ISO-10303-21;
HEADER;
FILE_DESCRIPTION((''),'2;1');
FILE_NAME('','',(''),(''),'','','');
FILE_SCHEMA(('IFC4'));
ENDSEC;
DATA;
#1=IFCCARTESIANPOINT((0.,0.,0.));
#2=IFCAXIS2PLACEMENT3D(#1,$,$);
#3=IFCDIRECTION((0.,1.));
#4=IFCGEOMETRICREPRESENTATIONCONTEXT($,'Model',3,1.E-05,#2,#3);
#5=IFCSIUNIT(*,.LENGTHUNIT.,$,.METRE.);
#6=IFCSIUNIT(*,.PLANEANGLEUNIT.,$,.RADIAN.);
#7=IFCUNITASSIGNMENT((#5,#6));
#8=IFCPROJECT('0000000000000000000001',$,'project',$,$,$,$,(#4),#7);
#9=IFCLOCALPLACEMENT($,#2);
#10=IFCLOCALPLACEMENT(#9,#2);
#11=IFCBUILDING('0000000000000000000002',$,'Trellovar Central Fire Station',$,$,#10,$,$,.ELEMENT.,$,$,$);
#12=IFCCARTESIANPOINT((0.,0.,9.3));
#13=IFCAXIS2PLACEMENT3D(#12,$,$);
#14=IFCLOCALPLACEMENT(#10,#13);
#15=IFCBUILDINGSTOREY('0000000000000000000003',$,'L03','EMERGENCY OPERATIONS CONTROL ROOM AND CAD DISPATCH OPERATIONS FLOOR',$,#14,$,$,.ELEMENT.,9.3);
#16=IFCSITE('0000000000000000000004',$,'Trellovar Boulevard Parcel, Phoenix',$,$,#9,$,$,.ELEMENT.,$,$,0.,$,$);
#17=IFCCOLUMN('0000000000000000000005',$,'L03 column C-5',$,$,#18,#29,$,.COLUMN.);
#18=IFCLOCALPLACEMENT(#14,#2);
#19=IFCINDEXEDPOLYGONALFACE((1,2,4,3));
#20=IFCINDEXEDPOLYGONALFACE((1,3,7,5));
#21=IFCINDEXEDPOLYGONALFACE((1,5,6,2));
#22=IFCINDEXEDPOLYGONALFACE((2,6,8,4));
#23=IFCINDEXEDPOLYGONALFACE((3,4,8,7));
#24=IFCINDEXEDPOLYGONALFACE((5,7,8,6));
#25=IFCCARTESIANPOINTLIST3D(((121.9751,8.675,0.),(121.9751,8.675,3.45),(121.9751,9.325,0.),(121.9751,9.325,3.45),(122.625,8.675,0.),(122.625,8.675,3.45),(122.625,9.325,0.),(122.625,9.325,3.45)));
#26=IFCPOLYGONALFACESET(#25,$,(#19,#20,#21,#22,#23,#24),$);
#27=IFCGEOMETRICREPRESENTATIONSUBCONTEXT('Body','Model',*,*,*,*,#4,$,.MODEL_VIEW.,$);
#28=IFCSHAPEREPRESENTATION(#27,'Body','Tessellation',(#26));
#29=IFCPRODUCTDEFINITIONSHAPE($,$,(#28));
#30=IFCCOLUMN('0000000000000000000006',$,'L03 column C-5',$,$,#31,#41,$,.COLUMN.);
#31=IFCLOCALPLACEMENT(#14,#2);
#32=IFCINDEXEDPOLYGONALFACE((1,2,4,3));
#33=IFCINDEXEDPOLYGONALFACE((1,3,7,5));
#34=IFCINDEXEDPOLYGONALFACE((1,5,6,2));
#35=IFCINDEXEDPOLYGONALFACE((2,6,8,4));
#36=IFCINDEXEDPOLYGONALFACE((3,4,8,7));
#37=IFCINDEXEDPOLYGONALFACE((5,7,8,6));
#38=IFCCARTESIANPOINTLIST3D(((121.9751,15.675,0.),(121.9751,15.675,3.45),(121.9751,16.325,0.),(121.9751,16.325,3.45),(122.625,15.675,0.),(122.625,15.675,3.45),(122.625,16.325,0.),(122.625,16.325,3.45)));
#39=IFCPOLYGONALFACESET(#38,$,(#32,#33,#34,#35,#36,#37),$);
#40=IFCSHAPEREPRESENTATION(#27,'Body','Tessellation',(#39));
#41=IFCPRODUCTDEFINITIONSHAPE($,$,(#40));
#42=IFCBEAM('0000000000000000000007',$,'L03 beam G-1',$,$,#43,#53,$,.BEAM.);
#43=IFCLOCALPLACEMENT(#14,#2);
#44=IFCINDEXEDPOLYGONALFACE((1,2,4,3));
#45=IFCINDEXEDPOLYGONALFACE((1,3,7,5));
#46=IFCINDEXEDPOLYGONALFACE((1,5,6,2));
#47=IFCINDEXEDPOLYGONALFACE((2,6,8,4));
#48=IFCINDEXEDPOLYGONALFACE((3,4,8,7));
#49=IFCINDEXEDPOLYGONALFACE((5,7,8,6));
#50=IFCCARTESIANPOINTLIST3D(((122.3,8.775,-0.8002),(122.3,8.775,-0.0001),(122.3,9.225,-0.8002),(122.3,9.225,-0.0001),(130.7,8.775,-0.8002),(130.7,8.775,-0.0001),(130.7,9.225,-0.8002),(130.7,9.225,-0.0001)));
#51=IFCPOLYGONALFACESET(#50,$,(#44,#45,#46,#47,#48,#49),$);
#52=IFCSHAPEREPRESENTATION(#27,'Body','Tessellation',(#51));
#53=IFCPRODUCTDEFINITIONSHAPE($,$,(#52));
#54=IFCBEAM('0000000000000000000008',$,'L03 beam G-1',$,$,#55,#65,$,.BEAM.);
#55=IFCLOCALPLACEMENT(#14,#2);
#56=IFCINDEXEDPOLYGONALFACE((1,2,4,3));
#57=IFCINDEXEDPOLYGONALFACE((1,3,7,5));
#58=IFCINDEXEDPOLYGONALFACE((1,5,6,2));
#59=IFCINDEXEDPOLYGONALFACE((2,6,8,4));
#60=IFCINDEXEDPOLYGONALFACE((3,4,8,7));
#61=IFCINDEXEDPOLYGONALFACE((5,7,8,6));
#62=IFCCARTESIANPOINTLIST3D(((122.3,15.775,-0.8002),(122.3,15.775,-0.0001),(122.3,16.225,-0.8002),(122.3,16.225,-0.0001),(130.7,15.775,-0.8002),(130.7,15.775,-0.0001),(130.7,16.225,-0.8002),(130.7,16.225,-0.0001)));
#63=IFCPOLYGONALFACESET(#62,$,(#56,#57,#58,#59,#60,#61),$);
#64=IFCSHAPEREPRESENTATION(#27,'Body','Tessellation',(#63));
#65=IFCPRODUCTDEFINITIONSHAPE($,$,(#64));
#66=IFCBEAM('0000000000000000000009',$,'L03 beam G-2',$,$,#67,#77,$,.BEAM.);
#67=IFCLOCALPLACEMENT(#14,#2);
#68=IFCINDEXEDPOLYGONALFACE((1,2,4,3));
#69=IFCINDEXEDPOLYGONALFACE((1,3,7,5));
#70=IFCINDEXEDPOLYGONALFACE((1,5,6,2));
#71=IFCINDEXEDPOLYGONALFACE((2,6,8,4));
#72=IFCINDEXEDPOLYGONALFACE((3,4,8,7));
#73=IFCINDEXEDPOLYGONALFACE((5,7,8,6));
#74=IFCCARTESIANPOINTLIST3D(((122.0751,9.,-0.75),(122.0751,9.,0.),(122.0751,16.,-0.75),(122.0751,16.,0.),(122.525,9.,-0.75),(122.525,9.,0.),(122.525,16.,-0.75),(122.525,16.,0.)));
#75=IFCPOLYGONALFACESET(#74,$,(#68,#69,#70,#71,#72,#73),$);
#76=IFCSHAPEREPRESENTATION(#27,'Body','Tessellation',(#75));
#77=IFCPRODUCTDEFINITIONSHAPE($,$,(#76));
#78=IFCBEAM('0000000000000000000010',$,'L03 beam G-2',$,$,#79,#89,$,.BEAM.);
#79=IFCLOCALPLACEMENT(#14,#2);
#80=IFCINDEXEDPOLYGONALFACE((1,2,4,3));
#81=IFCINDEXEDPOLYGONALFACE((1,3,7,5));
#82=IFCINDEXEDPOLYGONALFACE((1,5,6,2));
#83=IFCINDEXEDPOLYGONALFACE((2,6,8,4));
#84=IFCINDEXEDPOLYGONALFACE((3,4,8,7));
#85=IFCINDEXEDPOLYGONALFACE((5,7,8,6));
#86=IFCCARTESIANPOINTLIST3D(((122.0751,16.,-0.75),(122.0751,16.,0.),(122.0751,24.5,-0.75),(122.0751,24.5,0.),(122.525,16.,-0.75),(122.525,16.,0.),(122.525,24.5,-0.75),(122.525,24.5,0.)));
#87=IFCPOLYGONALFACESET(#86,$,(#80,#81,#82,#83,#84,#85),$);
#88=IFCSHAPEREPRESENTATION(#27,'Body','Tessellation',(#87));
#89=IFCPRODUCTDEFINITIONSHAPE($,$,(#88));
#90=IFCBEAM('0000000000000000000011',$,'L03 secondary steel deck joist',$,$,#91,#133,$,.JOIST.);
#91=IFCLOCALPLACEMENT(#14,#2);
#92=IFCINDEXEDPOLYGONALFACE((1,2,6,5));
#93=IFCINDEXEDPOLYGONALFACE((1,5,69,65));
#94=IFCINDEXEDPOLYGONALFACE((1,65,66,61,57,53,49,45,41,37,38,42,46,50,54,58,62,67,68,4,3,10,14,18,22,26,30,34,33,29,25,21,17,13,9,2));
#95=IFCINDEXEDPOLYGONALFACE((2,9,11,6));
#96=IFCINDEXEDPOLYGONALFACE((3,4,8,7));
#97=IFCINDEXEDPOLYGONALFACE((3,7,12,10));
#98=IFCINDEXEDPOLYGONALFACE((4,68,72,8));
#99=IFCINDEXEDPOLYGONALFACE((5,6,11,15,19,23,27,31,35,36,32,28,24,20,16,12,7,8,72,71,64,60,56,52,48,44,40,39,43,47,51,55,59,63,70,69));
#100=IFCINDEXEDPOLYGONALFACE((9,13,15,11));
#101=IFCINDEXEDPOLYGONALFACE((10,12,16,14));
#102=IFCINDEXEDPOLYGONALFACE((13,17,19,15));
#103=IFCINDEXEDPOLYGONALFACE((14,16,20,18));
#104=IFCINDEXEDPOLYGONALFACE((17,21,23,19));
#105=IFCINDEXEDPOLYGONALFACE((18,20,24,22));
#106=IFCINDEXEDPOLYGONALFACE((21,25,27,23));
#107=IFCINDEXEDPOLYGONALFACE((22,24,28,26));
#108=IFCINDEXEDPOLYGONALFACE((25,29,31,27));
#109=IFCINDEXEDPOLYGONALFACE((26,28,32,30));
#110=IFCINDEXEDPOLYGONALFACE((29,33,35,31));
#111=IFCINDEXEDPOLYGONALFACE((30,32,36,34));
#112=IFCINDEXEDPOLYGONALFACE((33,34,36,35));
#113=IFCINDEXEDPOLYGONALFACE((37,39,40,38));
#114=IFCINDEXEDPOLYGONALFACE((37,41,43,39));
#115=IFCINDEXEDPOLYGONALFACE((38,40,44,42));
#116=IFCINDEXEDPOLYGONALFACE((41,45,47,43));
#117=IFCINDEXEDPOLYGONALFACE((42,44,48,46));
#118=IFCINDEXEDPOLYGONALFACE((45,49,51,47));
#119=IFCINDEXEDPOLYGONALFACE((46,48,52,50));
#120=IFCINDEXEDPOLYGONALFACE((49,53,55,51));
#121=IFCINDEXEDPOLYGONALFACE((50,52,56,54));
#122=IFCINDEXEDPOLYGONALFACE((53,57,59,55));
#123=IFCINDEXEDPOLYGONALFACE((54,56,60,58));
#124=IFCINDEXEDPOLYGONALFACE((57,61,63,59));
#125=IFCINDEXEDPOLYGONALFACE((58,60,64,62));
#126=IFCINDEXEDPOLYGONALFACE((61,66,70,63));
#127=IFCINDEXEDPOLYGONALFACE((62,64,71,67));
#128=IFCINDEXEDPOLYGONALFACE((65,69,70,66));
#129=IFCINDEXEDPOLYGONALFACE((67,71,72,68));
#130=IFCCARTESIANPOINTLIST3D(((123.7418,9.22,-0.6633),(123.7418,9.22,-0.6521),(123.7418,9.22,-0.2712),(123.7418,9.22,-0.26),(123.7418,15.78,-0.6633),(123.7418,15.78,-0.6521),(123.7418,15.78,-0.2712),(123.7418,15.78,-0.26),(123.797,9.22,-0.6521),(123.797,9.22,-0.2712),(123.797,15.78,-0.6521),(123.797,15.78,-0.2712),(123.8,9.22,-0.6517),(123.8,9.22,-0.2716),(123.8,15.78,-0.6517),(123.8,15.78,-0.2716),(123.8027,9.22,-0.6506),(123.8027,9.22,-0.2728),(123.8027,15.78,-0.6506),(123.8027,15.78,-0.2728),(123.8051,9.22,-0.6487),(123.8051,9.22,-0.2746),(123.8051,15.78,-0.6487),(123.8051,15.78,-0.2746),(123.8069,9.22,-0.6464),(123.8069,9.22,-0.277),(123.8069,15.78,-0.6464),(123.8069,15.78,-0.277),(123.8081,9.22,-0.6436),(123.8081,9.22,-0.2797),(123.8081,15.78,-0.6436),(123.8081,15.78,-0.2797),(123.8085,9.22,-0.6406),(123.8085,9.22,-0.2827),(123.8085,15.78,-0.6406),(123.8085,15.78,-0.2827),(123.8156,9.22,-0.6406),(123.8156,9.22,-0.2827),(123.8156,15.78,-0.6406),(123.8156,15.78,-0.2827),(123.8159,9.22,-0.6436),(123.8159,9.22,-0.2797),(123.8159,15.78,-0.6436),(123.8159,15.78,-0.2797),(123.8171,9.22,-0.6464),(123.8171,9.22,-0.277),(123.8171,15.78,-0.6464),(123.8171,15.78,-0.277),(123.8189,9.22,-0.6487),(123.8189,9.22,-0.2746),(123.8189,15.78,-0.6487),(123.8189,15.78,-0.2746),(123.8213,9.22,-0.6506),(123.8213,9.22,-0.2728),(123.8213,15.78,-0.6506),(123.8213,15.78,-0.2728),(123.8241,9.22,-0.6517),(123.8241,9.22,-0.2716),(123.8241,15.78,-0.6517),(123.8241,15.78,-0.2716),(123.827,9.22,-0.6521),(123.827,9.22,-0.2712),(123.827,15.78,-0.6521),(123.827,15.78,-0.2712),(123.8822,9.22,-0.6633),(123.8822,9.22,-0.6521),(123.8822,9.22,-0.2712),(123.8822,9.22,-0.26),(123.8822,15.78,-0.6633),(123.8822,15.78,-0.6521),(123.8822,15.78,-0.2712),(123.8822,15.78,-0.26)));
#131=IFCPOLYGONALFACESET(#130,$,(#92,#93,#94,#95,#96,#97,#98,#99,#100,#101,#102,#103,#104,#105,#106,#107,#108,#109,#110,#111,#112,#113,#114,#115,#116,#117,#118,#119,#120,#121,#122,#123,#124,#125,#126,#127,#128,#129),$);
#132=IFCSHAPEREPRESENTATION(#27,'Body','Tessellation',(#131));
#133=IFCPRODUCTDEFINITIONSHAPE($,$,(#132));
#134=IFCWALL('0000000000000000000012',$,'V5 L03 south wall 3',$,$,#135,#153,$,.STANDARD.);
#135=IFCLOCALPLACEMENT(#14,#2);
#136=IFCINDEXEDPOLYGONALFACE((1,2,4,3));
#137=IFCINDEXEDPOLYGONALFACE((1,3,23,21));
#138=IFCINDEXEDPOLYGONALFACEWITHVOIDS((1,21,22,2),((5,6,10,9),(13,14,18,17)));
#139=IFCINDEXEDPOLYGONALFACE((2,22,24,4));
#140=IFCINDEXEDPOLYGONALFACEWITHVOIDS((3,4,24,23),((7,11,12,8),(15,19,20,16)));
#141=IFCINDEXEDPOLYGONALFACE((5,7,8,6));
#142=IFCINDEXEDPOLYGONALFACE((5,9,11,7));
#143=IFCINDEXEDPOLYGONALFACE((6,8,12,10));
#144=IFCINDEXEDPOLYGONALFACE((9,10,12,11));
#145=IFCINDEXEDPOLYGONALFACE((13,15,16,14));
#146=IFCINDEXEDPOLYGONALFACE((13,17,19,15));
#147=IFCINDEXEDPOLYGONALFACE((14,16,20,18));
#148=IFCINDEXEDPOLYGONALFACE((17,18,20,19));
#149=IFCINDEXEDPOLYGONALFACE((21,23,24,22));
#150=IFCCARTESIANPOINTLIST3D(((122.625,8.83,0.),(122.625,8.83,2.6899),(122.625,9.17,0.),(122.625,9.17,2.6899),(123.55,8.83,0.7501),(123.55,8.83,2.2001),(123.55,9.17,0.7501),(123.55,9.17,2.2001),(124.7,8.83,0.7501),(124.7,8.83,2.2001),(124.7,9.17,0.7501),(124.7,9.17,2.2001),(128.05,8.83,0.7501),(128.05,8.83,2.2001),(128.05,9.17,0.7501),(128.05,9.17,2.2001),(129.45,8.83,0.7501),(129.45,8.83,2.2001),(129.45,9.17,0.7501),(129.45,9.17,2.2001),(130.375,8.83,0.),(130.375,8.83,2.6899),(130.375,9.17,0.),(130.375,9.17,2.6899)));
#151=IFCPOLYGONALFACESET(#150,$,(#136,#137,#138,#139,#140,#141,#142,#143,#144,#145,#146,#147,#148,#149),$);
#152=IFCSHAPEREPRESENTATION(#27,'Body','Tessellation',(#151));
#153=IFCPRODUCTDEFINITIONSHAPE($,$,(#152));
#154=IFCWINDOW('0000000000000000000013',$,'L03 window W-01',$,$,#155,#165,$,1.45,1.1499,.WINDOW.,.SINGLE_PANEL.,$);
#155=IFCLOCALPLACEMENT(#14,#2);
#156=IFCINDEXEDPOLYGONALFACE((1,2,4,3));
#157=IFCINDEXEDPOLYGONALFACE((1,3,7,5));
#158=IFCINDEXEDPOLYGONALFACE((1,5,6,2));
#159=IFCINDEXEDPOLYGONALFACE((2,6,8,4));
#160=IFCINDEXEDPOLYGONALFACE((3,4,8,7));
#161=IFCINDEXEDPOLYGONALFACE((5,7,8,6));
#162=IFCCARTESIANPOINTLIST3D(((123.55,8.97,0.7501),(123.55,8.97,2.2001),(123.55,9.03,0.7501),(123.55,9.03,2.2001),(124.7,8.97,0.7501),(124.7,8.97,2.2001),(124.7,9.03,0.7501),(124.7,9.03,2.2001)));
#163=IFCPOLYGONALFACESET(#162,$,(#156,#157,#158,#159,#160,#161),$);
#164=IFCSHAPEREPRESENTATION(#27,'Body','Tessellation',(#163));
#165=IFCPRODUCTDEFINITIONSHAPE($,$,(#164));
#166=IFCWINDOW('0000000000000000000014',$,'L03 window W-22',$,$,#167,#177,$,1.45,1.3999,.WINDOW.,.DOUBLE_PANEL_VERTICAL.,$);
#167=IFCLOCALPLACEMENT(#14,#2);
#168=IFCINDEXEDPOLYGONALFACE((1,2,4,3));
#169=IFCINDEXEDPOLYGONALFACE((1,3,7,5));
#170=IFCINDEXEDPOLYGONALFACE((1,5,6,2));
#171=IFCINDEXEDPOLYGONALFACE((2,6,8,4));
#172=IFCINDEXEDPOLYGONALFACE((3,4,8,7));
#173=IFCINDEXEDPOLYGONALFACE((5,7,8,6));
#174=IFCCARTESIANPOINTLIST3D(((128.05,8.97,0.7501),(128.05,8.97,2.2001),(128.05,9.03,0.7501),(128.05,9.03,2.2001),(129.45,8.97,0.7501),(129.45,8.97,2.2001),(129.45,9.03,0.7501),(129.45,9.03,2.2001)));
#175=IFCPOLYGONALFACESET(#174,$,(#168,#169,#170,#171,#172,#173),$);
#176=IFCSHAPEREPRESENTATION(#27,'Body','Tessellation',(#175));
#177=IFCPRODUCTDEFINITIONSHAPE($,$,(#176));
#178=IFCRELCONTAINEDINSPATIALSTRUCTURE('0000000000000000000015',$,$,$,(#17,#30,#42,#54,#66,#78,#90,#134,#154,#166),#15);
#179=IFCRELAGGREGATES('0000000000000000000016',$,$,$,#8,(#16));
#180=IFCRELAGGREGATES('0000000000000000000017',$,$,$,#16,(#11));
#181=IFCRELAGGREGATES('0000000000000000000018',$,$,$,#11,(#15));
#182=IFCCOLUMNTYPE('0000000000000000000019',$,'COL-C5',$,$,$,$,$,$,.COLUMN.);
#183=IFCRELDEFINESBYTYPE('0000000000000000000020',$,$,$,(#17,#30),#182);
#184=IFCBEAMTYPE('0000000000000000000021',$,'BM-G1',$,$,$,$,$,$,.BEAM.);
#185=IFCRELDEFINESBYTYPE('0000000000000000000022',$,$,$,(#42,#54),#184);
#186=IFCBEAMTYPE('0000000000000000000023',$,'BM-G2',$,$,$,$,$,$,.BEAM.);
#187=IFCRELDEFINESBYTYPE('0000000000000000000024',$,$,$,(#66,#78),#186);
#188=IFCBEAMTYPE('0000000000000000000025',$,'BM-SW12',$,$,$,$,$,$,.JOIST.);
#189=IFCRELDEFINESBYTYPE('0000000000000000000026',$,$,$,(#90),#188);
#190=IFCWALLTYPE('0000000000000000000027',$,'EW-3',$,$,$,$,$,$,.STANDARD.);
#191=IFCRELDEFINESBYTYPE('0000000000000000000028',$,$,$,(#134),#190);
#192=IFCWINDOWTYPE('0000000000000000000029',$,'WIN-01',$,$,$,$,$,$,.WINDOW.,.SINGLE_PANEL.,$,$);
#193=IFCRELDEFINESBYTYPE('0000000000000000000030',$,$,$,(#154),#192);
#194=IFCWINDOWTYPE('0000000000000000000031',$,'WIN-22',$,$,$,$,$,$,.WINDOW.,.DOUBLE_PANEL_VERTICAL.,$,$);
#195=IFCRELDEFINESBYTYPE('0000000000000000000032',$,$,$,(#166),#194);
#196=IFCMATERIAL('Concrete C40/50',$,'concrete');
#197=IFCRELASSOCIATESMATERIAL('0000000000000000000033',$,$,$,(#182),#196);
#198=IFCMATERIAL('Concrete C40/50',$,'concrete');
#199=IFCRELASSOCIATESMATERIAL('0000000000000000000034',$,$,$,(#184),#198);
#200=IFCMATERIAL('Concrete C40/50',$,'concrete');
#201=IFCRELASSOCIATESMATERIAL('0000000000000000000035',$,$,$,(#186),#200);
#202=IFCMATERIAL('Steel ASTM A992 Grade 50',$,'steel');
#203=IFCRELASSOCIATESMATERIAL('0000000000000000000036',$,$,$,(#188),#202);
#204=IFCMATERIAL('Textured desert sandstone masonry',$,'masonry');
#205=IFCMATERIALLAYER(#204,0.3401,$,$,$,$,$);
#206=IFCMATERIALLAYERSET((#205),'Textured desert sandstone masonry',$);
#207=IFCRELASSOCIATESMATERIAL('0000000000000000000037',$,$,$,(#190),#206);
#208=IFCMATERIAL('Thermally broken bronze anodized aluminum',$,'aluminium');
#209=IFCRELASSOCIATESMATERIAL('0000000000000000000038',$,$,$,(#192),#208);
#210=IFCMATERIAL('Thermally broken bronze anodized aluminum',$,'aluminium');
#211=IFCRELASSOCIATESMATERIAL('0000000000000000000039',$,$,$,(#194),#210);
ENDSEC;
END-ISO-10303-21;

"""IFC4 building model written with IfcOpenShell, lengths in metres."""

from ifc_helpers import new_model, si_unit, direction, frame, frame_2d, origin, origin_2d, place, context, subcontext, project, spatial, rectangle, i_section, extrude, material, layer, layer_set, material_profile, profile_set, type_object, element, fill, save


model = new_model("IFC4")

# Units and contexts
model_context = context("Model", 3, precision=1e-05, world=origin(), true_north=direction((0.0, 1.0)))
body_context = subcontext(model_context, "Body", "Model", "MODEL_VIEW")
ifc_project = project(units=[si_unit("LENGTHUNIT", "METRE"), si_unit("PLANEANGLEUNIT", "RADIAN")], contexts=[model_context])

# Site, building, storey
site_placement = place(None, origin())
site = spatial("IfcSite", under=ifc_project, at=site_placement, Name="Trellovar Boulevard Parcel, Phoenix", CompositionType="ELEMENT", RefElevation=0.0)
building_placement = place(site_placement, origin())
building = spatial("IfcBuilding", under=site, at=building_placement, Name="Trellovar Central Fire Station", CompositionType="ELEMENT")
storey_placement = place(building_placement, frame((0.0, 0.0, 9.3)))
storey = spatial("IfcBuildingStorey", under=building, at=storey_placement, Name="L03", Description="EMERGENCY OPERATIONS CONTROL ROOM AND CAD DISPATCH OPERATIONS FLOOR", CompositionType="ELEMENT", Elevation=9.3)

# Columns
ifc_material_1 = material(Name="Concrete C40/50", Category="concrete")
ifc_material_profile_1 = material_profile(ifc_material_1, rectangle(XDim=0.6499, YDim=0.6499, at=origin_2d()), Name="RC650X650")
ifc_profile_set_1 = profile_set([ifc_material_profile_1], Name="Concrete C40/50")
column_type = type_object("IfcColumnType", Name="COL-C5", PredefinedType="COLUMN", material=ifc_profile_set_1)
for number, where, z_axis, x_axis, name in (
    (1, (122.3, 9.0, 0.0), (0.0, 0.0, 1.0), (1.0, 0.0, 0.0), "L03 column C-5"),
    (2, (122.3, 16.0, 0.0), (0.0, 0.0, 1.0), (1.0, 0.0, 0.0), "L03 column C-5"),
):
    element("IfcColumn", number, at=place(storey_placement, frame(where, z_axis=z_axis, x_axis=x_axis)), inside=storey, type_object=column_type, Name=name, PredefinedType="COLUMN", context=body_context, shape_type="SweptSolid", body=[
        extrude(rectangle(XDim=0.6499, YDim=0.6499, at=origin_2d()), origin(), (0.0, 0.0, 1.0), 3.45),
    ])

# Beams
ifc_material_2 = material(Name="Concrete C40/50", Category="concrete")
ifc_material_profile_2 = material_profile(ifc_material_2, rectangle(XDim=0.45, YDim=0.8, at=origin_2d()), Name="RC450X800")
ifc_profile_set_2 = profile_set([ifc_material_profile_2], Name="Concrete C40/50")
beam_type_1 = type_object("IfcBeamType", Name="BM-G1", PredefinedType="BEAM", material=ifc_profile_set_2)
for number, where, z_axis, x_axis, name in (
    (3, (122.3, 9.0, -0.4001), (1.0, 0.0, 0.0), (0.0, 1.0, 0.0), "L03 beam G-1"),
    (4, (122.3, 16.0, -0.4001), (1.0, 0.0, 0.0), (0.0, 1.0, 0.0), "L03 beam G-1"),
):
    element("IfcBeam", number, at=place(storey_placement, frame(where, z_axis=z_axis, x_axis=x_axis)), inside=storey, type_object=beam_type_1, Name=name, PredefinedType="BEAM", context=body_context, shape_type="SweptSolid", body=[
        extrude(rectangle(XDim=0.45, YDim=0.8, at=origin_2d()), origin(), (0.0, 0.0, 1.0), 8.3999),
    ])
ifc_material_3 = material(Name="Concrete C40/50", Category="concrete")
ifc_material_profile_3 = material_profile(ifc_material_3, rectangle(XDim=0.45, YDim=0.75, at=origin_2d()), Name="RC450X750")
ifc_profile_set_3 = profile_set([ifc_material_profile_3], Name="Concrete C40/50")
beam_type_2 = type_object("IfcBeamType", Name="BM-G2", PredefinedType="BEAM", material=ifc_profile_set_3)
beam_1_placement = place(storey_placement, frame((122.3, 9.0, -0.375), z_axis=(0.0, 1.0, 0.0), x_axis=(-1.0, 0.0, 0.0)))
element("IfcBeam", 5, at=beam_1_placement, inside=storey, type_object=beam_type_2, Name="L03 beam G-2", PredefinedType="BEAM", context=body_context, shape_type="SweptSolid", body=[
    extrude(rectangle(XDim=0.45, YDim=0.75, at=origin_2d()), origin(), (0.0, 0.0, 1.0), 7.0),
])
beam_2_placement = place(storey_placement, frame((122.3, 16.0, -0.375), z_axis=(0.0, 1.0, 0.0), x_axis=(-1.0, 0.0, 0.0)))
element("IfcBeam", 6, at=beam_2_placement, inside=storey, type_object=beam_type_2, Name="L03 beam G-2", PredefinedType="BEAM", context=body_context, shape_type="SweptSolid", body=[
    extrude(rectangle(XDim=0.45, YDim=0.75, at=origin_2d()), origin(), (0.0, 0.0, 1.0), 8.5),
])
ifc_material_4 = material(Name="Steel ASTM A992 Grade 50", Category="steel")
ifc_material_profile_4 = material_profile(ifc_material_4, i_section(OverallWidth=0.1404, OverallDepth=0.4033, WebThickness=0.0071, FlangeThickness=0.0112, FilletRadius=0.0115, at=origin_2d()), Name="W16X31")
ifc_profile_set_4 = profile_set([ifc_material_profile_4], Name="Steel ASTM A992 Grade 50")
beam_type_3 = type_object("IfcBeamType", Name="BM-SW12", PredefinedType="JOIST", material=ifc_profile_set_4)
beam_3_placement = place(storey_placement, frame((123.812, 9.22, -0.4617), z_axis=(0.0, 1.0, 0.0), x_axis=(-1.0, 0.0, 0.0)))
element("IfcBeam", 7, at=beam_3_placement, inside=storey, type_object=beam_type_3, Name="L03 secondary steel deck joist", PredefinedType="JOIST", context=body_context, shape_type="SweptSolid", body=[
    extrude(i_section(OverallWidth=0.1404, OverallDepth=0.4033, WebThickness=0.0071, FlangeThickness=0.0112, FilletRadius=0.0115, at=origin_2d()), origin(), (0.0, 0.0, 1.0), 6.5601),
])

# Wall, openings, windows
ifc_material_5 = material(Name="Textured desert sandstone masonry", Category="masonry")
ifc_layer_1 = layer(ifc_material_5, 0.3401)
ifc_layer_set_1 = layer_set([ifc_layer_1], Name="Textured desert sandstone masonry")
wall_type_1 = type_object("IfcWallType", Name="EW-3", PredefinedType="STANDARD", material=ifc_layer_set_1)
wall_1_placement = place(storey_placement, frame((122.625, 9.0, 0.0), z_axis=(0.0, 0.0, 1.0), x_axis=(1.0, 0.0, 0.0)))
wall_1 = element("IfcWall", 8, at=wall_1_placement, inside=storey, type_object=wall_type_1, Name="V5 L03 south wall 3", PredefinedType="STANDARD", context=body_context, shape_type="SweptSolid", body=[
    extrude(rectangle(XDim=7.75, YDim=0.3401, at=frame_2d((3.875, 0.0))), origin(), (0.0, 0.0, 1.0), 2.6899),
])
opening_1_placement = place(wall_1_placement, frame((0.925, 0.0, 0.75)))
opening_1 = element("IfcOpeningElement", 9, at=opening_1_placement, cuts=wall_1, PredefinedType="OPENING", context=body_context, shape_type="SweptSolid", body=[
    extrude(rectangle(XDim=1.1499, YDim=1.45, at=frame_2d((0.575, 0.7251))), frame((0.0, 0.1799, 0.0), z_axis=(0.0, -1.0, 0.0), x_axis=(1.0, 0.0, 0.0)), (0.0, 0.0, 1.0), 0.3601),
])
opening_2_placement = place(wall_1_placement, frame((5.425, 0.0, 0.75)))
opening_2 = element("IfcOpeningElement", 10, at=opening_2_placement, cuts=wall_1, PredefinedType="OPENING", context=body_context, shape_type="SweptSolid", body=[
    extrude(rectangle(XDim=1.3999, YDim=1.45, at=frame_2d((0.7, 0.7251))), frame((0.0, 0.1799, 0.0), z_axis=(0.0, -1.0, 0.0), x_axis=(1.0, 0.0, 0.0)), (0.0, 0.0, 1.0), 0.3601),
])
ifc_material_6 = material(Name="Thermally broken bronze anodized aluminum", Category="aluminium")
window_type_1 = type_object("IfcWindowType", Name="WIN-01", PartitioningType="SINGLE_PANEL", PredefinedType="WINDOW", material=ifc_material_6)
window_1_placement = place(opening_1_placement, origin())
window_1 = element("IfcWindow", 11, at=window_1_placement, inside=storey, type_object=window_type_1, Name="L03 window W-01", OverallHeight=1.45, OverallWidth=1.1499, PartitioningType="SINGLE_PANEL", PredefinedType="WINDOW", context=body_context, shape_type="SweptSolid", body=[
    extrude(rectangle(XDim=1.1499, YDim=1.45, at=frame_2d((0.575, 0.7251))), frame((0.0, 0.03, 0.0), z_axis=(0.0, -1.0, 0.0), x_axis=(1.0, 0.0, 0.0)), (0.0, 0.0, 1.0), 0.0601),
])
fill(opening_1, window_1)
ifc_material_7 = material(Name="Thermally broken bronze anodized aluminum", Category="aluminium")
window_type_2 = type_object("IfcWindowType", Name="WIN-22", PartitioningType="DOUBLE_PANEL_VERTICAL", PredefinedType="WINDOW", material=ifc_material_7)
window_2_placement = place(opening_2_placement, origin())
window_2 = element("IfcWindow", 12, at=window_2_placement, inside=storey, type_object=window_type_2, Name="L03 window W-22", OverallHeight=1.45, OverallWidth=1.3999, PartitioningType="DOUBLE_PANEL_VERTICAL", PredefinedType="WINDOW", context=body_context, shape_type="SweptSolid", body=[
    extrude(rectangle(XDim=1.3999, YDim=1.45, at=frame_2d((0.7, 0.7251))), frame((0.0, 0.03, 0.0), z_axis=(0.0, -1.0, 0.0), x_axis=(1.0, 0.0, 0.0)), (0.0, 0.0, 1.0), 0.0601),
])
fill(opening_2, window_2)

save(model, "model.ifc")
